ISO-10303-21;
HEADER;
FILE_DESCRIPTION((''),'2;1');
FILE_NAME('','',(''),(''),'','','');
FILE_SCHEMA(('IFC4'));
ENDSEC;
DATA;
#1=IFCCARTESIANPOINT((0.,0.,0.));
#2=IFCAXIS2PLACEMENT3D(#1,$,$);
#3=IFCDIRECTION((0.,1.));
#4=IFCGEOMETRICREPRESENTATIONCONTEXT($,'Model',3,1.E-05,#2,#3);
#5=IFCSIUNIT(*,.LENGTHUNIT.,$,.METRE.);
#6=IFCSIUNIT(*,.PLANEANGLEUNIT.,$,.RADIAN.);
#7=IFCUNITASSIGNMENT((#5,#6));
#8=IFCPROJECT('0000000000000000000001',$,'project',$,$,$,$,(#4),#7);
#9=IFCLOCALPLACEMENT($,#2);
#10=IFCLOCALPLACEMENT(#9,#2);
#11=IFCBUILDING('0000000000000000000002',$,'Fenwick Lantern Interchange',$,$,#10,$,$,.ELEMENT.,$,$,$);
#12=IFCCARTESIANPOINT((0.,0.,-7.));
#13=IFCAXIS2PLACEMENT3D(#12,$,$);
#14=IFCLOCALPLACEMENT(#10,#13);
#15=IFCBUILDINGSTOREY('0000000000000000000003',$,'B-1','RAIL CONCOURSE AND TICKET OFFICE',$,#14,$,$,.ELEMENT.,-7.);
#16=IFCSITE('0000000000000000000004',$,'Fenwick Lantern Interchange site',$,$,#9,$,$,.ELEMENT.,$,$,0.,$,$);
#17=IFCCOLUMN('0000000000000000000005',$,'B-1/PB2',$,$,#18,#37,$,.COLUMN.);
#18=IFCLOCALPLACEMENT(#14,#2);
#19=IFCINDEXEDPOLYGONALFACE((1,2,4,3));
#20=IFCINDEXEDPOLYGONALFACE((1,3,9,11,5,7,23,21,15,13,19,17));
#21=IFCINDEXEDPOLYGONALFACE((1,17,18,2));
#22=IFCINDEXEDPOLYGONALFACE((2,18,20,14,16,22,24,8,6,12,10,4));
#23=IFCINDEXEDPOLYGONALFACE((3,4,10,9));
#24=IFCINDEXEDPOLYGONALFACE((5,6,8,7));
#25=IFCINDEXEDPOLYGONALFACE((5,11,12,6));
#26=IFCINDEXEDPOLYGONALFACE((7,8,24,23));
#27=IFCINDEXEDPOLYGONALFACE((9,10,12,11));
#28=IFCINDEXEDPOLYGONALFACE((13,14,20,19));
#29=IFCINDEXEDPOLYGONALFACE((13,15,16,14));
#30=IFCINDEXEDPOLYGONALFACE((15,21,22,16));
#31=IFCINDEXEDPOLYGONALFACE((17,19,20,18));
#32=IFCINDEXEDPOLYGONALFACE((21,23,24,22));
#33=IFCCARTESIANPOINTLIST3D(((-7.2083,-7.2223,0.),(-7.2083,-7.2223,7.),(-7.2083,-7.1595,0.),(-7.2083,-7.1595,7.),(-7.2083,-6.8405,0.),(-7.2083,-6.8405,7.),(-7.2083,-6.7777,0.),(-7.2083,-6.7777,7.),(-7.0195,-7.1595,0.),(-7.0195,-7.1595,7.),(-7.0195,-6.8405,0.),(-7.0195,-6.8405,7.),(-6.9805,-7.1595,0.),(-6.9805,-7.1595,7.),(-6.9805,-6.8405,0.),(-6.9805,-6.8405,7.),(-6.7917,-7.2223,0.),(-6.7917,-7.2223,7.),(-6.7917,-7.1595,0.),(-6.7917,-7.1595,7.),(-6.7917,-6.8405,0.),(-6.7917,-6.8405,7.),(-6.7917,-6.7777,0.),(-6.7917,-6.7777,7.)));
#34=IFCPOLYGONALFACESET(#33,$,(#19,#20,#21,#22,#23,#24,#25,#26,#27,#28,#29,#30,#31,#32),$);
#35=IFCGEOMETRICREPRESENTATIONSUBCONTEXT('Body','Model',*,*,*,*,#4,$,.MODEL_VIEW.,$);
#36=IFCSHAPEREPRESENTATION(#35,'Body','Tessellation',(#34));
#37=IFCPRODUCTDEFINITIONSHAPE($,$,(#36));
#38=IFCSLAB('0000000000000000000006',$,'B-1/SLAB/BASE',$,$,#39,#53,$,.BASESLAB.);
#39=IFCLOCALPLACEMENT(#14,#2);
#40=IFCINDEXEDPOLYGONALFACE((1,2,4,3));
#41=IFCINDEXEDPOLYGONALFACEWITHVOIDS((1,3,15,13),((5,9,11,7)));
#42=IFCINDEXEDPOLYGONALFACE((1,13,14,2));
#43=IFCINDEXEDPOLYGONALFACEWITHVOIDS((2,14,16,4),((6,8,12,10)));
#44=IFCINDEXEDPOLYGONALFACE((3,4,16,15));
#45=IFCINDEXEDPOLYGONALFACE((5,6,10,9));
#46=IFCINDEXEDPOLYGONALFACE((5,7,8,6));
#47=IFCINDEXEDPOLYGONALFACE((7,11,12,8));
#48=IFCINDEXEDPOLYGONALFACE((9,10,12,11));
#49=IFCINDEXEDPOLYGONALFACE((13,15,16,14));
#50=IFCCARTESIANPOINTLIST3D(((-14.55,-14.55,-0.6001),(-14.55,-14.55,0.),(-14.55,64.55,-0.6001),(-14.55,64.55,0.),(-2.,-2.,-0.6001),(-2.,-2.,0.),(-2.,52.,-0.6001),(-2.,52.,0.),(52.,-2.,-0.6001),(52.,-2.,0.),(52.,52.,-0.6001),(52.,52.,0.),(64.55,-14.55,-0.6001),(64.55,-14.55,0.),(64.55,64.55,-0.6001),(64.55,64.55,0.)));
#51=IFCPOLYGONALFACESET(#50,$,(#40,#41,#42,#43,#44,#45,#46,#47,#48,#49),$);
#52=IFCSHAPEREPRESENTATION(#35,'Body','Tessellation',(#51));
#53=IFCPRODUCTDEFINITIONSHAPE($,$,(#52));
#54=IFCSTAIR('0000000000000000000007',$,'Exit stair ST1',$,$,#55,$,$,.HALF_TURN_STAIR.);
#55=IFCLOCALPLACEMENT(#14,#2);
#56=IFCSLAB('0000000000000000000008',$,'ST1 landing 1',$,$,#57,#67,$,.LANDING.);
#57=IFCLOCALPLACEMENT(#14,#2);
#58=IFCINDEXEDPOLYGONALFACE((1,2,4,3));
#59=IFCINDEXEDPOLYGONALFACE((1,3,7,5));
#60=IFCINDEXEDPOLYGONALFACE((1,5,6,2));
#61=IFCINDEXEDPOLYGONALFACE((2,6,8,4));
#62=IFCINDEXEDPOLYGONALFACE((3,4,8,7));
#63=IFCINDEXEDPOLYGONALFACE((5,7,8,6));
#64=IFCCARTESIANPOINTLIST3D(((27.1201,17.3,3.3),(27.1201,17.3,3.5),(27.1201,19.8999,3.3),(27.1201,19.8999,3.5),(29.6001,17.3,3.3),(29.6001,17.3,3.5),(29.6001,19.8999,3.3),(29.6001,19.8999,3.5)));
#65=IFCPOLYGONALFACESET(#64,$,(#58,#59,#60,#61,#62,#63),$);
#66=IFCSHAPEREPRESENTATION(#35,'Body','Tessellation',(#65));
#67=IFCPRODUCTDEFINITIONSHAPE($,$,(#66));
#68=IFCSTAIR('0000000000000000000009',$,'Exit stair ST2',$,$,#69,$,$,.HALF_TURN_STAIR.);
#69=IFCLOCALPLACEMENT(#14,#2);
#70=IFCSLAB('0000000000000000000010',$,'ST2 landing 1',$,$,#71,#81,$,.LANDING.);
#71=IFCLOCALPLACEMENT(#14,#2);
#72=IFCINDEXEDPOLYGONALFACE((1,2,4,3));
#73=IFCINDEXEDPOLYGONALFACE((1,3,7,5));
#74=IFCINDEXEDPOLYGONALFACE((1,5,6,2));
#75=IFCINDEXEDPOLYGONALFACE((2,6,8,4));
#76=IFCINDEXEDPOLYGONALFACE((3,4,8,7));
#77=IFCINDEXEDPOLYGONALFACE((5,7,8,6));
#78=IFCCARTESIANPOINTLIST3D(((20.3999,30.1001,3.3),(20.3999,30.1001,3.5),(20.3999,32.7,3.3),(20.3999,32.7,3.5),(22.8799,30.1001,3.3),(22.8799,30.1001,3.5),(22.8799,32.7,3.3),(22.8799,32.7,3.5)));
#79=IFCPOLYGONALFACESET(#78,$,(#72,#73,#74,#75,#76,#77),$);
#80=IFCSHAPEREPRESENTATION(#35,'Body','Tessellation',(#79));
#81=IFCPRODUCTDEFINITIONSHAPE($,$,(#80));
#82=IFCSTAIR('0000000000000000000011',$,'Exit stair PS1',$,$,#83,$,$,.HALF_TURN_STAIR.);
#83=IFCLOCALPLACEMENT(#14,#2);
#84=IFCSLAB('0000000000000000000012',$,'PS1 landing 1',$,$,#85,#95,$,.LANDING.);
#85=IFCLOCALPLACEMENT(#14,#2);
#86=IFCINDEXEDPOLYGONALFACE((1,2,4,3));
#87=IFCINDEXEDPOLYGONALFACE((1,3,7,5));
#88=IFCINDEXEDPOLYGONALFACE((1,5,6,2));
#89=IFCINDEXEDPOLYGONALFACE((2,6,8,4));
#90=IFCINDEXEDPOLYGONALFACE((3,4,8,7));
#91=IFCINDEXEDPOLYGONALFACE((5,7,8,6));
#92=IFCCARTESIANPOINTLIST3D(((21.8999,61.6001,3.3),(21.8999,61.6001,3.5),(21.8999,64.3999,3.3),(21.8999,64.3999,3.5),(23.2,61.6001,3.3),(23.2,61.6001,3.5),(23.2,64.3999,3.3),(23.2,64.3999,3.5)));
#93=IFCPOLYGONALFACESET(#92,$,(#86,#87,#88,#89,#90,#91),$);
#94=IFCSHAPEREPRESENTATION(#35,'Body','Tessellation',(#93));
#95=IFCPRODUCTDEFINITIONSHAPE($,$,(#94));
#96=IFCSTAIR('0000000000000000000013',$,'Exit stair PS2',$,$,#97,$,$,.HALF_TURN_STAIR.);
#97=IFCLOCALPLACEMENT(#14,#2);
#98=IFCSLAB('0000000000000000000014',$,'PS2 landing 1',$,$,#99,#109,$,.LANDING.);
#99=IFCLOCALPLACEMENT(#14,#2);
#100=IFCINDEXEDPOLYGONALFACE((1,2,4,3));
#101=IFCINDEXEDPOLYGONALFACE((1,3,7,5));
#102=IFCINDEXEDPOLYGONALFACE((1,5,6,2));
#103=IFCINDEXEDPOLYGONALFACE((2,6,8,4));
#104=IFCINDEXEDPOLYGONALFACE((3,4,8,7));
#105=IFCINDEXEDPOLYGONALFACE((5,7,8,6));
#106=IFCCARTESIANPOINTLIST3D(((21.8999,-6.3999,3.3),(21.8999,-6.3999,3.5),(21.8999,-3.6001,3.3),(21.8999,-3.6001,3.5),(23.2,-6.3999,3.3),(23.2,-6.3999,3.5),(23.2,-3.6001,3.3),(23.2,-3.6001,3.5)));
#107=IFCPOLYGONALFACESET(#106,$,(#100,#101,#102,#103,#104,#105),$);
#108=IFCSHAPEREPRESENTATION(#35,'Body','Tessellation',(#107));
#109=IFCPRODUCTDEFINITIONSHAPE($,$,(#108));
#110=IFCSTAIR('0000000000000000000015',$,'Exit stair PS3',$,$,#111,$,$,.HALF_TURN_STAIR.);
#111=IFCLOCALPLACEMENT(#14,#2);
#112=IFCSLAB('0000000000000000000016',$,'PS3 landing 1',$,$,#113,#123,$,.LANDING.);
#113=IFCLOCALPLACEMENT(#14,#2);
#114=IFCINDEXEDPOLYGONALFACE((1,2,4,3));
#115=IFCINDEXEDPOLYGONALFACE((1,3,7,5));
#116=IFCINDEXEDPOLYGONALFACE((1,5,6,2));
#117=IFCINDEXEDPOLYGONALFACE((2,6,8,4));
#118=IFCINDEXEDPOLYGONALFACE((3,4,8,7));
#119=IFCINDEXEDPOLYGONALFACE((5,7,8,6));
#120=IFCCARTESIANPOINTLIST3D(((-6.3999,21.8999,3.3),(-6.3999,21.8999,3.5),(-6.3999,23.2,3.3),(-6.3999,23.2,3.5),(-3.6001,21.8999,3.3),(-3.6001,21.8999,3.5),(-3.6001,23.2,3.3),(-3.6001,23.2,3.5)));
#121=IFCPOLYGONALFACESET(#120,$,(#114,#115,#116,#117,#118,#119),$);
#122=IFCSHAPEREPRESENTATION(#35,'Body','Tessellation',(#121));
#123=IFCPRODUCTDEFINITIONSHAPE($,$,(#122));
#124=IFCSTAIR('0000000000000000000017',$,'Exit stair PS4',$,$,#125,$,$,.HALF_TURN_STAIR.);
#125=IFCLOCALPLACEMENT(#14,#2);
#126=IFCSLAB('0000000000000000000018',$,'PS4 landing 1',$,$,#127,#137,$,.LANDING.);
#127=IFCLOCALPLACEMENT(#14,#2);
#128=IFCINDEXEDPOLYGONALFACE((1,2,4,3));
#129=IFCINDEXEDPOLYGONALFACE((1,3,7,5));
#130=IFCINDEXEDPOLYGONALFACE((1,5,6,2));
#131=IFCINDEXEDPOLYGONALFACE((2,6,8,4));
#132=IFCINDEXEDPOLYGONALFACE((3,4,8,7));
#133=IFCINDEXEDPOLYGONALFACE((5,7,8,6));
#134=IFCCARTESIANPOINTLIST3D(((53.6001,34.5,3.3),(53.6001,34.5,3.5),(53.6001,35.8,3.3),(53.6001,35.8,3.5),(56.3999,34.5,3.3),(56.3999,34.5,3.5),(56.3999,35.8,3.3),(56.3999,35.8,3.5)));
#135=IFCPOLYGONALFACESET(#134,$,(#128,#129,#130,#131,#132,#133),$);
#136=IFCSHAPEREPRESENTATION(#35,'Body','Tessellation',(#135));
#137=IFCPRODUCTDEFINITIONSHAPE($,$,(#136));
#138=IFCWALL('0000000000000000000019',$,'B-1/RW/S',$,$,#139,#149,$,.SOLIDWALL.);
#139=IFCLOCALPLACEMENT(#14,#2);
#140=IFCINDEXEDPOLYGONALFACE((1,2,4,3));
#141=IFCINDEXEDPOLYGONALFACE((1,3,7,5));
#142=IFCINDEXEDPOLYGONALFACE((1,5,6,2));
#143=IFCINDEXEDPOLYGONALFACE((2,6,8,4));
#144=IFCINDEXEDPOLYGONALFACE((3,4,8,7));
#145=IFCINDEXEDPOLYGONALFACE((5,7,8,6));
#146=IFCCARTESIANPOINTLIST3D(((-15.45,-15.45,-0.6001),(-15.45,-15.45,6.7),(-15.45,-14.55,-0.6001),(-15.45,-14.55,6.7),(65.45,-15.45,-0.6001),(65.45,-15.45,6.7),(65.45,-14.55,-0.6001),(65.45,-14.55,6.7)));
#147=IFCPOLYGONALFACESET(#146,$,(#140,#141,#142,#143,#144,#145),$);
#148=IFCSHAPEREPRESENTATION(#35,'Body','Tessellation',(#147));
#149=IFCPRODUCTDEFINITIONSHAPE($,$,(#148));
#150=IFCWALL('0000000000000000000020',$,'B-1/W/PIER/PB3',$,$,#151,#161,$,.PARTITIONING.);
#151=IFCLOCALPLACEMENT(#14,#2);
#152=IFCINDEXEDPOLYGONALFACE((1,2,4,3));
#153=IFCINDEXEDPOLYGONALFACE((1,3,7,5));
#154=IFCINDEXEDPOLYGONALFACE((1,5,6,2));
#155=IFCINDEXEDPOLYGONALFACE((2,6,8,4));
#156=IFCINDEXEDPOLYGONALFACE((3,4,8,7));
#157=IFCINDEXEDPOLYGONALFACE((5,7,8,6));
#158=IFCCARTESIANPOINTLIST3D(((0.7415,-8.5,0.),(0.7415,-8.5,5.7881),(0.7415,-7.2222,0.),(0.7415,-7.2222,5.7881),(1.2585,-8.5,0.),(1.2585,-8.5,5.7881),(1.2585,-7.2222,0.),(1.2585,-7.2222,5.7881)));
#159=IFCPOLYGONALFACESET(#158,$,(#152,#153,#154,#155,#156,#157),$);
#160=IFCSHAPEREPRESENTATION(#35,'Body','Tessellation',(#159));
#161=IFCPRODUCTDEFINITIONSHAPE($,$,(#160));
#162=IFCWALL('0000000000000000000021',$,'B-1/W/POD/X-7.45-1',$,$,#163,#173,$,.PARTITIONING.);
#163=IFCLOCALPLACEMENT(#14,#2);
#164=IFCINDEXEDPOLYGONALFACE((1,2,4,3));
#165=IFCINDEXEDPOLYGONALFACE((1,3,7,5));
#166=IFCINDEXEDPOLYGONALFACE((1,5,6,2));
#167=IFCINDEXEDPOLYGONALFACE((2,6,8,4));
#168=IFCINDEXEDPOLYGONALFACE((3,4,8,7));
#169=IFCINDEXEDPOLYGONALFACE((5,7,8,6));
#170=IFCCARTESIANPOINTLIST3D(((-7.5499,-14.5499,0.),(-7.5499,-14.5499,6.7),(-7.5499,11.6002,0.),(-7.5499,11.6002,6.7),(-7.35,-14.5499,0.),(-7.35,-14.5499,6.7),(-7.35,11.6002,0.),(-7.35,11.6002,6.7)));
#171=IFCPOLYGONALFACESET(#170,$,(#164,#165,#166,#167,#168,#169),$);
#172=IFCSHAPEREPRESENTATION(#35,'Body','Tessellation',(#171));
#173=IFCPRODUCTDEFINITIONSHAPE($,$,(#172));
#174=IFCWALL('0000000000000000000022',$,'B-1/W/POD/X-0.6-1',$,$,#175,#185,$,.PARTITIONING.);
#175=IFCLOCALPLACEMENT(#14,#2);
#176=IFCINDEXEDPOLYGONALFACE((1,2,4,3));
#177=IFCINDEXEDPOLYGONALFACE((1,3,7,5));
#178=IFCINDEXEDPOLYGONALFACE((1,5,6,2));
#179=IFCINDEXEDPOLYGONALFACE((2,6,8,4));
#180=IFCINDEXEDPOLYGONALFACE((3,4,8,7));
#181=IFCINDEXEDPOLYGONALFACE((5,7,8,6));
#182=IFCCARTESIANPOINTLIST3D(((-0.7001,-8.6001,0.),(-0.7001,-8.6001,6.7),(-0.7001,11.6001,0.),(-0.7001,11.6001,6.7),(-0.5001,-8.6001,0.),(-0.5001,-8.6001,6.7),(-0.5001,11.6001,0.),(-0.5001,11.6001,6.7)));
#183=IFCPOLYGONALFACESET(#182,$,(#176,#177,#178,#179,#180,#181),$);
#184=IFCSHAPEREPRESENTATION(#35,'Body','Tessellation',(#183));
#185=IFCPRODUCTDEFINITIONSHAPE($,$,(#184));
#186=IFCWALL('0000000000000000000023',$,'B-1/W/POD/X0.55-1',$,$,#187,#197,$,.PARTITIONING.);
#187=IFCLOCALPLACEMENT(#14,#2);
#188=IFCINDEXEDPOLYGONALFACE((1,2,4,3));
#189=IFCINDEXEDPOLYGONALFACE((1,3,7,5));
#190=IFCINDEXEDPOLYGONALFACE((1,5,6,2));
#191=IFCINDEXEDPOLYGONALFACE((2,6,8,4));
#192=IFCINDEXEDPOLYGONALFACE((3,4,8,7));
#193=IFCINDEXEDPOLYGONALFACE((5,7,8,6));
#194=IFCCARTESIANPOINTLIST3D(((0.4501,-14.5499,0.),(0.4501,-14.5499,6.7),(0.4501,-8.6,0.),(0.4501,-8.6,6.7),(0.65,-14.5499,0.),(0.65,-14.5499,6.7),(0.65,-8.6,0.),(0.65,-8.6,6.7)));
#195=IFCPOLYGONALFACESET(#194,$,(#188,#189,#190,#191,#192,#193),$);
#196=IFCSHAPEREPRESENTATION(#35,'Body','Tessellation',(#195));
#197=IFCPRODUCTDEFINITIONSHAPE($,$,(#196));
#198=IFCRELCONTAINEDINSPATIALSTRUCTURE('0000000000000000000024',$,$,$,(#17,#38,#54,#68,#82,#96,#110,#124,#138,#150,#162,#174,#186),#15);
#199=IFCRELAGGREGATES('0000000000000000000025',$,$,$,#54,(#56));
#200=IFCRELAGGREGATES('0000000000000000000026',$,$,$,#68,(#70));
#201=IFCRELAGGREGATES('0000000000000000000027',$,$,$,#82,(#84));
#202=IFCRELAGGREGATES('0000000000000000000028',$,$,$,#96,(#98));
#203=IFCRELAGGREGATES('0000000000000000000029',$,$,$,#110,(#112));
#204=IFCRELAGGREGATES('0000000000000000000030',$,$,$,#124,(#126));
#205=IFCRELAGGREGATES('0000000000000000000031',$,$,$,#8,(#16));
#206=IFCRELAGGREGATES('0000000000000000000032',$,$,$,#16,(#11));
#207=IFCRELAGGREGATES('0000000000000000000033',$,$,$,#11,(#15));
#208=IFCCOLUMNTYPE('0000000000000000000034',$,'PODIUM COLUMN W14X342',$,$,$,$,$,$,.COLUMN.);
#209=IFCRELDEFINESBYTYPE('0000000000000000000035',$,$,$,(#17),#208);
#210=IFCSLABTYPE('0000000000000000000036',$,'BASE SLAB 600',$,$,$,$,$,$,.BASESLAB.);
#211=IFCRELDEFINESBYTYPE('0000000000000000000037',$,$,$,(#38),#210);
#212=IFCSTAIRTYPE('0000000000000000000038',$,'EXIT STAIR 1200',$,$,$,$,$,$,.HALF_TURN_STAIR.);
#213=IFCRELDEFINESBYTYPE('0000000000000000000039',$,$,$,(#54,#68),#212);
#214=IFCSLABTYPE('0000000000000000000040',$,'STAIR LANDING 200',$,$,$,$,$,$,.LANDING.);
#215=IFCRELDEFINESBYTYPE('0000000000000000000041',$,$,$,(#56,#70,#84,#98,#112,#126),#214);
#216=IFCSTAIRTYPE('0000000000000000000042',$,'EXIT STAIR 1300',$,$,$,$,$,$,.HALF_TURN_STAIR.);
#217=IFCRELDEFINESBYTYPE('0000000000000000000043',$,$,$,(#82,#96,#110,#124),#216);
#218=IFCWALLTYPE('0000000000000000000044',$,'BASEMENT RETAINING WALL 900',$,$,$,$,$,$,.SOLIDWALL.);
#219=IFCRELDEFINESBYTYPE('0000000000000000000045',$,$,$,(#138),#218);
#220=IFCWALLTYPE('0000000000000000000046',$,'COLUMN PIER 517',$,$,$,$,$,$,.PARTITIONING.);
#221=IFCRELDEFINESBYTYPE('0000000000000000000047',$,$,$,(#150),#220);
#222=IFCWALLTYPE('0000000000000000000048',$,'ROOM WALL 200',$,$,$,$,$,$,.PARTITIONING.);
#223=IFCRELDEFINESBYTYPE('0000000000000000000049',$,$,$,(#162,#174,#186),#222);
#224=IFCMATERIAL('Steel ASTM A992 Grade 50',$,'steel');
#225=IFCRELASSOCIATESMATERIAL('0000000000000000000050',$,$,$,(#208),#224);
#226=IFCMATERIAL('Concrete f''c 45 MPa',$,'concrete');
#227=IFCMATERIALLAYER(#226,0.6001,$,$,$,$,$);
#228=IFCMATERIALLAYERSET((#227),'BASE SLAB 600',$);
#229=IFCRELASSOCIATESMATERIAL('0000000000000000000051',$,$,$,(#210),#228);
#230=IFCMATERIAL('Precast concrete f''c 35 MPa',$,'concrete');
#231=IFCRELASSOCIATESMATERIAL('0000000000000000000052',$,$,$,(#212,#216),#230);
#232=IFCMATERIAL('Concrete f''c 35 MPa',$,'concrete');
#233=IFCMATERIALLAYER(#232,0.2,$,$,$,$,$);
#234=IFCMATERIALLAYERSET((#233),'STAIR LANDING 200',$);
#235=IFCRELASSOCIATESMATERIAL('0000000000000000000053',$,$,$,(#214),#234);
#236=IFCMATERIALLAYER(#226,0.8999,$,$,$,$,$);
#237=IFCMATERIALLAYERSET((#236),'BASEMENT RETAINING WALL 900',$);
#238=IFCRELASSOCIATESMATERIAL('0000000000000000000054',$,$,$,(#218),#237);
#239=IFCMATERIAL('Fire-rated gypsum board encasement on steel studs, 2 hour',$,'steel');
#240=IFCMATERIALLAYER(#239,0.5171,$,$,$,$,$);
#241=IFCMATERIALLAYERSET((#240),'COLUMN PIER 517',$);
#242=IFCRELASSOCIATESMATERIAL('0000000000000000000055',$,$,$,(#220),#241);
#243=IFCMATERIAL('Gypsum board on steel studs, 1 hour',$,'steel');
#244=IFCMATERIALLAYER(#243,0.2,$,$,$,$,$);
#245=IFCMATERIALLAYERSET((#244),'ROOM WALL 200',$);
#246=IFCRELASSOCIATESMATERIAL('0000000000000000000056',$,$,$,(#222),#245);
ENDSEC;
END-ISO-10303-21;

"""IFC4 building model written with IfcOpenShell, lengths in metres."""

from ifc_helpers import new_model, si_unit, direction, frame, frame_2d, origin, origin_2d, place, context, subcontext, project, spatial, polyline, rectangle, i_section, outline, extrude, material, layer, layer_set, material_profile, profile_set, type_object, element, aggregate, save


model = new_model("IFC4")

# Units and contexts
model_context = context("Model", 3, precision=1e-05, world=origin(), true_north=direction((0.0, 1.0)))
body_context = subcontext(model_context, "Body", "Model", "MODEL_VIEW")
ifc_project = project(units=[si_unit("LENGTHUNIT", "METRE"), si_unit("PLANEANGLEUNIT", "RADIAN")], contexts=[model_context])

# Site, building, storey
site_placement = place(None, origin())
site = spatial("IfcSite", under=ifc_project, at=site_placement, Name="Fenwick Lantern Interchange site", CompositionType="ELEMENT", RefElevation=0.0)
building_placement = place(site_placement, origin())
building = spatial("IfcBuilding", under=site, at=building_placement, Name="Fenwick Lantern Interchange", CompositionType="ELEMENT")
storey_placement = place(building_placement, frame((0.0, 0.0, -7.0)))
storey = spatial("IfcBuildingStorey", under=building, at=storey_placement, Name="B-1", Description="RAIL CONCOURSE AND TICKET OFFICE", CompositionType="ELEMENT", Elevation=-7.0)

# Shared definitions
ifc_material_1 = material(Name="Concrete f'c 45 MPa", Category="concrete")

# Column
ifc_material_2 = material(Name="Steel ASTM A992 Grade 50", Category="steel")
ifc_material_profile = material_profile(ifc_material_2, i_section(OverallWidth=0.4165, OverallDepth=0.4446, WebThickness=0.0391, FlangeThickness=0.0627, at=origin_2d()), Name="W14X342")
ifc_profile_set = profile_set([ifc_material_profile], Name="Steel ASTM A992 Grade 50")
column_type = type_object("IfcColumnType", Name="PODIUM COLUMN W14X342", PredefinedType="COLUMN", material=ifc_profile_set)
column_placement = place(storey_placement, frame((-7.0, -7.0, 0.0), z_axis=(0.0, 0.0, 1.0), x_axis=(1.0, 0.0, 0.0)))
element("IfcColumn", 1, at=column_placement, inside=storey, type_object=column_type, Name="B-1/PB2", PredefinedType="COLUMN", context=body_context, shape_type="SweptSolid", body=[
    extrude(i_section(OverallWidth=0.4165, OverallDepth=0.4446, WebThickness=0.0391, FlangeThickness=0.0627, at=origin_2d()), origin(), (0.0, 0.0, 1.0), 7.0),
])

# Slab
ifc_layer_1 = layer(ifc_material_1, 0.6001)
ifc_layer_set_1 = layer_set([ifc_layer_1], Name="BASE SLAB 600")
slab_type_1 = type_object("IfcSlabType", Name="BASE SLAB 600", PredefinedType="BASESLAB", material=ifc_layer_set_1)
slab_1_placement = place(storey_placement, frame((0.0, 0.0, -0.6001)))
element("IfcSlab", 2, at=slab_1_placement, inside=storey, type_object=slab_type_1, Name="B-1/SLAB/BASE", PredefinedType="BASESLAB", context=body_context, shape_type="SweptSolid", body=[
    extrude(outline(polyline([(-14.55, -14.55), (64.55, -14.55), (64.55, 64.55), (-14.55, 64.55), (-14.55, -14.55)]), holes=[polyline([(-2.0, -2.0), (52.0, -2.0), (52.0, 52.0), (-2.0, 52.0), (-2.0, -2.0)])]), origin(), (0.0, 0.0, 1.0), 0.6001),
])

# Stairs, slabs
ifc_material_3 = material(Name="Precast concrete f'c 35 MPa", Category="concrete")
stair_type_1 = type_object("IfcStairType", Name="EXIT STAIR 1200", PredefinedType="HALF_TURN_STAIR", material=ifc_material_3)
stair_1_placement = place(storey_placement, origin())
stair_1 = element("IfcStair", 3, at=stair_1_placement, inside=storey, type_object=stair_type_1, Name="Exit stair ST1", PredefinedType="HALF_TURN_STAIR")
ifc_material_4 = material(Name="Concrete f'c 35 MPa", Category="concrete")
ifc_layer_2 = layer(ifc_material_4, 0.2)
ifc_layer_set_2 = layer_set([ifc_layer_2], Name="STAIR LANDING 200")
slab_type_2 = type_object("IfcSlabType", Name="STAIR LANDING 200", PredefinedType="LANDING", material=ifc_layer_set_2)
slab_2_placement = place(storey_placement, frame((0.0, 0.0, 3.3)))
slab_2 = element("IfcSlab", 4, at=slab_2_placement, type_object=slab_type_2, Name="ST1 landing 1", PredefinedType="LANDING", context=body_context, shape_type="SweptSolid", body=[
    extrude(outline(polyline([(27.1201, 17.3), (29.6001, 17.3), (29.6001, 19.8999), (27.1201, 19.8999), (27.1201, 17.3)])), origin(), (0.0, 0.0, 1.0), 0.2),
])
aggregate(stair_1, [slab_2])
stair_2_placement = place(storey_placement, origin())
stair_2 = element("IfcStair", 5, at=stair_2_placement, inside=storey, type_object=stair_type_1, Name="Exit stair ST2", PredefinedType="HALF_TURN_STAIR")
slab_3_placement = place(storey_placement, frame((0.0, 0.0, 3.3)))
slab_3 = element("IfcSlab", 6, at=slab_3_placement, type_object=slab_type_2, Name="ST2 landing 1", PredefinedType="LANDING", context=body_context, shape_type="SweptSolid", body=[
    extrude(outline(polyline([(22.8799, 32.7), (20.3999, 32.7), (20.3999, 30.1001), (22.8799, 30.1001), (22.8799, 32.7)])), origin(), (0.0, 0.0, 1.0), 0.2),
])
aggregate(stair_2, [slab_3])
stair_type_2 = type_object("IfcStairType", Name="EXIT STAIR 1300", PredefinedType="HALF_TURN_STAIR", material=ifc_material_3)
stair_3_placement = place(storey_placement, origin())
stair_3 = element("IfcStair", 7, at=stair_3_placement, inside=storey, type_object=stair_type_2, Name="Exit stair PS1", PredefinedType="HALF_TURN_STAIR")
slab_4_placement = place(storey_placement, frame((0.0, 0.0, 3.3)))
slab_4 = element("IfcSlab", 8, at=slab_4_placement, type_object=slab_type_2, Name="PS1 landing 1", PredefinedType="LANDING", context=body_context, shape_type="SweptSolid", body=[
    extrude(outline(polyline([(21.8999, 61.6001), (23.2, 61.6001), (23.2, 64.3999), (21.8999, 64.3999), (21.8999, 61.6001)])), origin(), (0.0, 0.0, 1.0), 0.2),
])
aggregate(stair_3, [slab_4])
stair_4_placement = place(storey_placement, origin())
stair_4 = element("IfcStair", 9, at=stair_4_placement, inside=storey, type_object=stair_type_2, Name="Exit stair PS2", PredefinedType="HALF_TURN_STAIR")
slab_5_placement = place(storey_placement, frame((0.0, 0.0, 3.3)))
slab_5 = element("IfcSlab", 10, at=slab_5_placement, type_object=slab_type_2, Name="PS2 landing 1", PredefinedType="LANDING", context=body_context, shape_type="SweptSolid", body=[
    extrude(outline(polyline([(21.8999, -6.3999), (23.2, -6.3999), (23.2, -3.6001), (21.8999, -3.6001), (21.8999, -6.3999)])), origin(), (0.0, 0.0, 1.0), 0.2),
])
aggregate(stair_4, [slab_5])
stair_5_placement = place(storey_placement, origin())
stair_5 = element("IfcStair", 11, at=stair_5_placement, inside=storey, type_object=stair_type_2, Name="Exit stair PS3", PredefinedType="HALF_TURN_STAIR")
slab_6_placement = place(storey_placement, frame((0.0, 0.0, 3.3)))
slab_6 = element("IfcSlab", 12, at=slab_6_placement, type_object=slab_type_2, Name="PS3 landing 1", PredefinedType="LANDING", context=body_context, shape_type="SweptSolid", body=[
    extrude(outline(polyline([(-6.3999, 21.8999), (-3.6001, 21.8999), (-3.6001, 23.2), (-6.3999, 23.2), (-6.3999, 21.8999)])), origin(), (0.0, 0.0, 1.0), 0.2),
])
aggregate(stair_5, [slab_6])
stair_6_placement = place(storey_placement, origin())
stair_6 = element("IfcStair", 13, at=stair_6_placement, inside=storey, type_object=stair_type_2, Name="Exit stair PS4", PredefinedType="HALF_TURN_STAIR")
slab_7_placement = place(storey_placement, frame((0.0, 0.0, 3.3)))
slab_7 = element("IfcSlab", 14, at=slab_7_placement, type_object=slab_type_2, Name="PS4 landing 1", PredefinedType="LANDING", context=body_context, shape_type="SweptSolid", body=[
    extrude(outline(polyline([(53.6001, 34.5), (56.3999, 34.5), (56.3999, 35.8), (53.6001, 35.8), (53.6001, 34.5)])), origin(), (0.0, 0.0, 1.0), 0.2),
])
aggregate(stair_6, [slab_7])

# Walls
ifc_layer_3 = layer(ifc_material_1, 0.8999)
ifc_layer_set_3 = layer_set([ifc_layer_3], Name="BASEMENT RETAINING WALL 900")
wall_type_1 = type_object("IfcWallType", Name="BASEMENT RETAINING WALL 900", PredefinedType="SOLIDWALL", material=ifc_layer_set_3)
wall_1_placement = place(storey_placement, frame((-15.45, -15.0, -0.6001), z_axis=(0.0, 0.0, 1.0), x_axis=(1.0, 0.0, 0.0)))
element("IfcWall", 15, at=wall_1_placement, inside=storey, type_object=wall_type_1, Name="B-1/RW/S", PredefinedType="SOLIDWALL", context=body_context, shape_type="SweptSolid", body=[
    extrude(rectangle(XDim=80.8999, YDim=0.8999, at=frame_2d((40.45, 0.0))), origin(), (0.0, 0.0, 1.0), 7.3),
])
ifc_material_5 = material(Name="Fire-rated gypsum board encasement on steel studs, 2 hour", Category="steel")
ifc_layer_4 = layer(ifc_material_5, 0.5171)
ifc_layer_set_4 = layer_set([ifc_layer_4], Name="COLUMN PIER 517")
wall_type_2 = type_object("IfcWallType", Name="COLUMN PIER 517", PredefinedType="PARTITIONING", material=ifc_layer_set_4)
wall_2_placement = place(storey_placement, frame((1.0, -8.5, 0.0), z_axis=(0.0, 0.0, 1.0), x_axis=(0.0, 1.0, 0.0)))
element("IfcWall", 16, at=wall_2_placement, inside=storey, type_object=wall_type_2, Name="B-1/W/PIER/PB3", PredefinedType="PARTITIONING", context=body_context, shape_type="SweptSolid", body=[
    extrude(rectangle(XDim=1.2778, YDim=0.5171, at=frame_2d((0.6389, 0.0))), origin(), (0.0, 0.0, 1.0), 5.7881),
])
ifc_material_6 = material(Name="Gypsum board on steel studs, 1 hour", Category="steel")
ifc_layer_5 = layer(ifc_material_6, 0.2)
ifc_layer_set_5 = layer_set([ifc_layer_5], Name="ROOM WALL 200")
wall_type_3 = type_object("IfcWallType", Name="ROOM WALL 200", PredefinedType="PARTITIONING", material=ifc_layer_set_5)
wall_3_placement = place(storey_placement, frame((-7.45, -14.55, 0.0), z_axis=(0.0, 0.0, 1.0), x_axis=(0.0, 1.0, 0.0)))
element("IfcWall", 17, at=wall_3_placement, inside=storey, type_object=wall_type_3, Name="B-1/W/POD/X-7.45-1", PredefinedType="PARTITIONING", context=body_context, shape_type="SweptSolid", body=[
    extrude(rectangle(XDim=26.1501, YDim=0.2, at=frame_2d((13.0752, 0.0))), origin(), (0.0, 0.0, 1.0), 6.7),
])
wall_4_placement = place(storey_placement, frame((-0.6001, -8.6001, 0.0), z_axis=(0.0, 0.0, 1.0), x_axis=(0.0, 1.0, 0.0)))
element("IfcWall", 18, at=wall_4_placement, inside=storey, type_object=wall_type_3, Name="B-1/W/POD/X-0.6-1", PredefinedType="PARTITIONING", context=body_context, shape_type="SweptSolid", body=[
    extrude(rectangle(XDim=20.2002, YDim=0.2, at=frame_2d((10.1001, 0.0))), origin(), (0.0, 0.0, 1.0), 6.7),
])
wall_5_placement = place(storey_placement, frame((0.55, -14.55, 0.0), z_axis=(0.0, 0.0, 1.0), x_axis=(0.0, 1.0, 0.0)))
element("IfcWall", 19, at=wall_5_placement, inside=storey, type_object=wall_type_3, Name="B-1/W/POD/X0.55-1", PredefinedType="PARTITIONING", context=body_context, shape_type="SweptSolid", body=[
    extrude(rectangle(XDim=5.95, YDim=0.2, at=frame_2d((2.9751, 0.0))), origin(), (0.0, 0.0, 1.0), 6.7),
])

save(model, "model.ifc")
